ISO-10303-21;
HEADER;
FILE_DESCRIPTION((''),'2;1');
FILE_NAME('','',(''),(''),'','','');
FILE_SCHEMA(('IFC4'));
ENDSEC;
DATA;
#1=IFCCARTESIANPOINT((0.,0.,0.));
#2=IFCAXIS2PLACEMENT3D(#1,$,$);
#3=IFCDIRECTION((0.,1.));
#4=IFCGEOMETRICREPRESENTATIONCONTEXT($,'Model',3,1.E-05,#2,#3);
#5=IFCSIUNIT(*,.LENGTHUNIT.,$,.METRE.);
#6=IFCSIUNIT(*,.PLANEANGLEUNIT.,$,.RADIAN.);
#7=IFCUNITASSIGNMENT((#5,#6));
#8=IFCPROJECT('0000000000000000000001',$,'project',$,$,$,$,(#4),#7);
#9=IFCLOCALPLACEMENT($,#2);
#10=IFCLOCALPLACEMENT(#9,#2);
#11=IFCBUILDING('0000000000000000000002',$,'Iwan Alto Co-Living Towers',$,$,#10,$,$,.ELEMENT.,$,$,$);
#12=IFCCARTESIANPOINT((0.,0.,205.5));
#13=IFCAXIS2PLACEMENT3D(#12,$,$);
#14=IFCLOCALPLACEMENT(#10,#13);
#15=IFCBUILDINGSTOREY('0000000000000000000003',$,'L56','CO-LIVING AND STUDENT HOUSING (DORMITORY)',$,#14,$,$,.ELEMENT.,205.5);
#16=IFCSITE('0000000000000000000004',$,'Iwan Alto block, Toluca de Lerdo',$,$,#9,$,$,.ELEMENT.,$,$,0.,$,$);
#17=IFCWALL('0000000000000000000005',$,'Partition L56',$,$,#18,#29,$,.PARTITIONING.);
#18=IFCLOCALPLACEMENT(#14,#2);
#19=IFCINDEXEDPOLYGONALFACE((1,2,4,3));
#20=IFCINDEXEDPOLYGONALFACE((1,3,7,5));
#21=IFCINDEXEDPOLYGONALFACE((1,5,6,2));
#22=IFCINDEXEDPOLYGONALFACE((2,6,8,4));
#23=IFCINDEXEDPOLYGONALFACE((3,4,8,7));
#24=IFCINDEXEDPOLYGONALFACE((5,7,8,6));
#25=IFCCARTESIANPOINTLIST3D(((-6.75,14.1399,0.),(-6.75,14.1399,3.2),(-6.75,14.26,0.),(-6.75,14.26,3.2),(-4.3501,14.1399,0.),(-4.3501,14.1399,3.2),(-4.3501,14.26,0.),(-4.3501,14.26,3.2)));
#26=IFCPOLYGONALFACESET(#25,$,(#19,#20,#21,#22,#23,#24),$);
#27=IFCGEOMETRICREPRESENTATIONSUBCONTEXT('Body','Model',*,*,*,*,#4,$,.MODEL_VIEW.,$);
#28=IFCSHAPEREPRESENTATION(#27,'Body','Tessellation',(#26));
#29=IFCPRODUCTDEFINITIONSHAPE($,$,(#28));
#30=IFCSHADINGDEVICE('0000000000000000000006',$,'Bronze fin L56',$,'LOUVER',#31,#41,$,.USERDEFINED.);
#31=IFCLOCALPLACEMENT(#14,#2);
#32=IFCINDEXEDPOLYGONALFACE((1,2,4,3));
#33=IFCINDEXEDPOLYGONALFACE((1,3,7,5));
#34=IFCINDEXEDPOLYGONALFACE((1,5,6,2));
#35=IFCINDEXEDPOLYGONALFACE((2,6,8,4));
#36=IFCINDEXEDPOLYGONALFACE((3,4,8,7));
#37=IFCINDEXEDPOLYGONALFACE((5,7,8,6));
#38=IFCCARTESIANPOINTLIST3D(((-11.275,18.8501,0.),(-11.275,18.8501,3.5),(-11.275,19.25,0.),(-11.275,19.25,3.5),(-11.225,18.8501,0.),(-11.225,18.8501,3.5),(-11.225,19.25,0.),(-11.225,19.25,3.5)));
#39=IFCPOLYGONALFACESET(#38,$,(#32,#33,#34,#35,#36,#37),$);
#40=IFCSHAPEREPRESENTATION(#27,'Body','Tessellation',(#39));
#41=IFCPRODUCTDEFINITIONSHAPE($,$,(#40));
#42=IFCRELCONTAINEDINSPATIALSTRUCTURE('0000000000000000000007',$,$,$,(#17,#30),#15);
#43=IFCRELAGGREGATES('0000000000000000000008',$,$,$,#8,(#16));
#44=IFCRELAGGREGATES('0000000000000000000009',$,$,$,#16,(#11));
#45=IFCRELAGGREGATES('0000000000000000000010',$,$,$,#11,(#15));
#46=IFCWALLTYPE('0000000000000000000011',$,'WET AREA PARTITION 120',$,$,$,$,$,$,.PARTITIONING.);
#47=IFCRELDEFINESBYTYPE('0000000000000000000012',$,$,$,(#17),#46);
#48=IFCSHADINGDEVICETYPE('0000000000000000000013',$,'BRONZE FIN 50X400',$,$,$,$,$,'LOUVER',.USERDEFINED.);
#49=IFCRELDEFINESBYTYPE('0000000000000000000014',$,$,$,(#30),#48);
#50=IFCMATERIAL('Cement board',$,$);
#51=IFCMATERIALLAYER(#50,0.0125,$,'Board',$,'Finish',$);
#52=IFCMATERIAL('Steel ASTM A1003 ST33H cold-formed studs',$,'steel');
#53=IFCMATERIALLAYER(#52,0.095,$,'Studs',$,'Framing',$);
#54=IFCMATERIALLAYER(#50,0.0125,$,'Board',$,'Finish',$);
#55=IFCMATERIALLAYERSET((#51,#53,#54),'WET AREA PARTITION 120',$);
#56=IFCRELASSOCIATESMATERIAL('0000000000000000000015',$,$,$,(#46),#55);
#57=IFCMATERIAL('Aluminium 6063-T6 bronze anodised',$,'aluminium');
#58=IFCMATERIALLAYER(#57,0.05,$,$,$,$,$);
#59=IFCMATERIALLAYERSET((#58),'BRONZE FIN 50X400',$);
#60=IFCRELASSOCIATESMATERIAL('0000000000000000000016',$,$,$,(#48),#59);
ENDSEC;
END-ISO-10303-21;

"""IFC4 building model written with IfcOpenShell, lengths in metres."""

from ifc_helpers import new_model, si_unit, direction, frame, frame_2d, origin, origin_2d, place, context, subcontext, project, spatial, rectangle, extrude, material, layer, layer_set, type_object, element, save


model = new_model("IFC4")

# Units and contexts
model_context = context("Model", 3, precision=1e-05, world=origin(), true_north=direction((0.0, 1.0)))
body_context = subcontext(model_context, "Body", "Model", "MODEL_VIEW")
ifc_project = project(units=[si_unit("LENGTHUNIT", "METRE"), si_unit("PLANEANGLEUNIT", "RADIAN")], contexts=[model_context])

# Site, building, storey
site_placement = place(None, origin())
site = spatial("IfcSite", under=ifc_project, at=site_placement, Name="Iwan Alto block, Toluca de Lerdo", CompositionType="ELEMENT", RefElevation=0.0)
building_placement = place(site_placement, origin())
building = spatial("IfcBuilding", under=site, at=building_placement, Name="Iwan Alto Co-Living Towers", CompositionType="ELEMENT")
storey_placement = place(building_placement, frame((0.0, 0.0, 205.5)))
storey = spatial("IfcBuildingStorey", under=building, at=storey_placement, Name="L56", Description="CO-LIVING AND STUDENT HOUSING (DORMITORY)", CompositionType="ELEMENT", Elevation=205.5)

# Shared definitions
ifc_material_1 = material(Name="Steel ASTM A1003 ST33H cold-formed studs", Category="steel")

# Wall
ifc_material_2 = material(Name="Cement board")
ifc_layer_1 = layer(ifc_material_2, 0.0125, Name="Board", Category="Finish")
ifc_layer_2 = layer(ifc_material_1, 0.095, Name="Studs", Category="Framing")
ifc_layer_3 = layer(ifc_material_2, 0.0125, Name="Board", Category="Finish")
ifc_layer_set_1 = layer_set([ifc_layer_1, ifc_layer_2, ifc_layer_3], Name="WET AREA PARTITION 120")
wall_type_1 = type_object("IfcWallType", Name="WET AREA PARTITION 120", PredefinedType="PARTITIONING", material=ifc_layer_set_1)
wall_1_placement = place(storey_placement, frame((-6.75, 14.2, 0.0), z_axis=(0.0, 0.0, 1.0), x_axis=(1.0, 0.0, 0.0)))
element("IfcWall", 1, at=wall_1_placement, inside=storey, type_object=wall_type_1, Name="Partition L56", PredefinedType="PARTITIONING", context=body_context, shape_type="SweptSolid", body=[
    extrude(rectangle(XDim=2.3999, YDim=0.1201, at=frame_2d((1.2, 0.0))), origin(), (0.0, 0.0, 1.0), 3.2),
])

# Shading device
ifc_material_3 = material(Name="Aluminium 6063-T6 bronze anodised", Category="aluminium")
ifc_layer_4 = layer(ifc_material_3, 0.05)
ifc_layer_set_2 = layer_set([ifc_layer_4], Name="BRONZE FIN 50X400")
shading_device_type = type_object("IfcShadingDeviceType", Name="BRONZE FIN 50X400", ElementType="LOUVER", PredefinedType="USERDEFINED", material=ifc_layer_set_2)
shading_device_placement = place(storey_placement, frame((-11.25, 19.05, 0.0), z_axis=(0.0, 0.0, 1.0), x_axis=(-1.0, 0.0, 0.0)))
element("IfcShadingDevice", 2, at=shading_device_placement, inside=storey, type_object=shading_device_type, Name="Bronze fin L56", ObjectType="LOUVER", PredefinedType="USERDEFINED", context=body_context, shape_type="SweptSolid", body=[
    extrude(rectangle(XDim=0.05, YDim=0.3999, at=origin_2d()), origin(), (0.0, 0.0, 1.0), 3.5),
])

save(model, "model.ifc")
